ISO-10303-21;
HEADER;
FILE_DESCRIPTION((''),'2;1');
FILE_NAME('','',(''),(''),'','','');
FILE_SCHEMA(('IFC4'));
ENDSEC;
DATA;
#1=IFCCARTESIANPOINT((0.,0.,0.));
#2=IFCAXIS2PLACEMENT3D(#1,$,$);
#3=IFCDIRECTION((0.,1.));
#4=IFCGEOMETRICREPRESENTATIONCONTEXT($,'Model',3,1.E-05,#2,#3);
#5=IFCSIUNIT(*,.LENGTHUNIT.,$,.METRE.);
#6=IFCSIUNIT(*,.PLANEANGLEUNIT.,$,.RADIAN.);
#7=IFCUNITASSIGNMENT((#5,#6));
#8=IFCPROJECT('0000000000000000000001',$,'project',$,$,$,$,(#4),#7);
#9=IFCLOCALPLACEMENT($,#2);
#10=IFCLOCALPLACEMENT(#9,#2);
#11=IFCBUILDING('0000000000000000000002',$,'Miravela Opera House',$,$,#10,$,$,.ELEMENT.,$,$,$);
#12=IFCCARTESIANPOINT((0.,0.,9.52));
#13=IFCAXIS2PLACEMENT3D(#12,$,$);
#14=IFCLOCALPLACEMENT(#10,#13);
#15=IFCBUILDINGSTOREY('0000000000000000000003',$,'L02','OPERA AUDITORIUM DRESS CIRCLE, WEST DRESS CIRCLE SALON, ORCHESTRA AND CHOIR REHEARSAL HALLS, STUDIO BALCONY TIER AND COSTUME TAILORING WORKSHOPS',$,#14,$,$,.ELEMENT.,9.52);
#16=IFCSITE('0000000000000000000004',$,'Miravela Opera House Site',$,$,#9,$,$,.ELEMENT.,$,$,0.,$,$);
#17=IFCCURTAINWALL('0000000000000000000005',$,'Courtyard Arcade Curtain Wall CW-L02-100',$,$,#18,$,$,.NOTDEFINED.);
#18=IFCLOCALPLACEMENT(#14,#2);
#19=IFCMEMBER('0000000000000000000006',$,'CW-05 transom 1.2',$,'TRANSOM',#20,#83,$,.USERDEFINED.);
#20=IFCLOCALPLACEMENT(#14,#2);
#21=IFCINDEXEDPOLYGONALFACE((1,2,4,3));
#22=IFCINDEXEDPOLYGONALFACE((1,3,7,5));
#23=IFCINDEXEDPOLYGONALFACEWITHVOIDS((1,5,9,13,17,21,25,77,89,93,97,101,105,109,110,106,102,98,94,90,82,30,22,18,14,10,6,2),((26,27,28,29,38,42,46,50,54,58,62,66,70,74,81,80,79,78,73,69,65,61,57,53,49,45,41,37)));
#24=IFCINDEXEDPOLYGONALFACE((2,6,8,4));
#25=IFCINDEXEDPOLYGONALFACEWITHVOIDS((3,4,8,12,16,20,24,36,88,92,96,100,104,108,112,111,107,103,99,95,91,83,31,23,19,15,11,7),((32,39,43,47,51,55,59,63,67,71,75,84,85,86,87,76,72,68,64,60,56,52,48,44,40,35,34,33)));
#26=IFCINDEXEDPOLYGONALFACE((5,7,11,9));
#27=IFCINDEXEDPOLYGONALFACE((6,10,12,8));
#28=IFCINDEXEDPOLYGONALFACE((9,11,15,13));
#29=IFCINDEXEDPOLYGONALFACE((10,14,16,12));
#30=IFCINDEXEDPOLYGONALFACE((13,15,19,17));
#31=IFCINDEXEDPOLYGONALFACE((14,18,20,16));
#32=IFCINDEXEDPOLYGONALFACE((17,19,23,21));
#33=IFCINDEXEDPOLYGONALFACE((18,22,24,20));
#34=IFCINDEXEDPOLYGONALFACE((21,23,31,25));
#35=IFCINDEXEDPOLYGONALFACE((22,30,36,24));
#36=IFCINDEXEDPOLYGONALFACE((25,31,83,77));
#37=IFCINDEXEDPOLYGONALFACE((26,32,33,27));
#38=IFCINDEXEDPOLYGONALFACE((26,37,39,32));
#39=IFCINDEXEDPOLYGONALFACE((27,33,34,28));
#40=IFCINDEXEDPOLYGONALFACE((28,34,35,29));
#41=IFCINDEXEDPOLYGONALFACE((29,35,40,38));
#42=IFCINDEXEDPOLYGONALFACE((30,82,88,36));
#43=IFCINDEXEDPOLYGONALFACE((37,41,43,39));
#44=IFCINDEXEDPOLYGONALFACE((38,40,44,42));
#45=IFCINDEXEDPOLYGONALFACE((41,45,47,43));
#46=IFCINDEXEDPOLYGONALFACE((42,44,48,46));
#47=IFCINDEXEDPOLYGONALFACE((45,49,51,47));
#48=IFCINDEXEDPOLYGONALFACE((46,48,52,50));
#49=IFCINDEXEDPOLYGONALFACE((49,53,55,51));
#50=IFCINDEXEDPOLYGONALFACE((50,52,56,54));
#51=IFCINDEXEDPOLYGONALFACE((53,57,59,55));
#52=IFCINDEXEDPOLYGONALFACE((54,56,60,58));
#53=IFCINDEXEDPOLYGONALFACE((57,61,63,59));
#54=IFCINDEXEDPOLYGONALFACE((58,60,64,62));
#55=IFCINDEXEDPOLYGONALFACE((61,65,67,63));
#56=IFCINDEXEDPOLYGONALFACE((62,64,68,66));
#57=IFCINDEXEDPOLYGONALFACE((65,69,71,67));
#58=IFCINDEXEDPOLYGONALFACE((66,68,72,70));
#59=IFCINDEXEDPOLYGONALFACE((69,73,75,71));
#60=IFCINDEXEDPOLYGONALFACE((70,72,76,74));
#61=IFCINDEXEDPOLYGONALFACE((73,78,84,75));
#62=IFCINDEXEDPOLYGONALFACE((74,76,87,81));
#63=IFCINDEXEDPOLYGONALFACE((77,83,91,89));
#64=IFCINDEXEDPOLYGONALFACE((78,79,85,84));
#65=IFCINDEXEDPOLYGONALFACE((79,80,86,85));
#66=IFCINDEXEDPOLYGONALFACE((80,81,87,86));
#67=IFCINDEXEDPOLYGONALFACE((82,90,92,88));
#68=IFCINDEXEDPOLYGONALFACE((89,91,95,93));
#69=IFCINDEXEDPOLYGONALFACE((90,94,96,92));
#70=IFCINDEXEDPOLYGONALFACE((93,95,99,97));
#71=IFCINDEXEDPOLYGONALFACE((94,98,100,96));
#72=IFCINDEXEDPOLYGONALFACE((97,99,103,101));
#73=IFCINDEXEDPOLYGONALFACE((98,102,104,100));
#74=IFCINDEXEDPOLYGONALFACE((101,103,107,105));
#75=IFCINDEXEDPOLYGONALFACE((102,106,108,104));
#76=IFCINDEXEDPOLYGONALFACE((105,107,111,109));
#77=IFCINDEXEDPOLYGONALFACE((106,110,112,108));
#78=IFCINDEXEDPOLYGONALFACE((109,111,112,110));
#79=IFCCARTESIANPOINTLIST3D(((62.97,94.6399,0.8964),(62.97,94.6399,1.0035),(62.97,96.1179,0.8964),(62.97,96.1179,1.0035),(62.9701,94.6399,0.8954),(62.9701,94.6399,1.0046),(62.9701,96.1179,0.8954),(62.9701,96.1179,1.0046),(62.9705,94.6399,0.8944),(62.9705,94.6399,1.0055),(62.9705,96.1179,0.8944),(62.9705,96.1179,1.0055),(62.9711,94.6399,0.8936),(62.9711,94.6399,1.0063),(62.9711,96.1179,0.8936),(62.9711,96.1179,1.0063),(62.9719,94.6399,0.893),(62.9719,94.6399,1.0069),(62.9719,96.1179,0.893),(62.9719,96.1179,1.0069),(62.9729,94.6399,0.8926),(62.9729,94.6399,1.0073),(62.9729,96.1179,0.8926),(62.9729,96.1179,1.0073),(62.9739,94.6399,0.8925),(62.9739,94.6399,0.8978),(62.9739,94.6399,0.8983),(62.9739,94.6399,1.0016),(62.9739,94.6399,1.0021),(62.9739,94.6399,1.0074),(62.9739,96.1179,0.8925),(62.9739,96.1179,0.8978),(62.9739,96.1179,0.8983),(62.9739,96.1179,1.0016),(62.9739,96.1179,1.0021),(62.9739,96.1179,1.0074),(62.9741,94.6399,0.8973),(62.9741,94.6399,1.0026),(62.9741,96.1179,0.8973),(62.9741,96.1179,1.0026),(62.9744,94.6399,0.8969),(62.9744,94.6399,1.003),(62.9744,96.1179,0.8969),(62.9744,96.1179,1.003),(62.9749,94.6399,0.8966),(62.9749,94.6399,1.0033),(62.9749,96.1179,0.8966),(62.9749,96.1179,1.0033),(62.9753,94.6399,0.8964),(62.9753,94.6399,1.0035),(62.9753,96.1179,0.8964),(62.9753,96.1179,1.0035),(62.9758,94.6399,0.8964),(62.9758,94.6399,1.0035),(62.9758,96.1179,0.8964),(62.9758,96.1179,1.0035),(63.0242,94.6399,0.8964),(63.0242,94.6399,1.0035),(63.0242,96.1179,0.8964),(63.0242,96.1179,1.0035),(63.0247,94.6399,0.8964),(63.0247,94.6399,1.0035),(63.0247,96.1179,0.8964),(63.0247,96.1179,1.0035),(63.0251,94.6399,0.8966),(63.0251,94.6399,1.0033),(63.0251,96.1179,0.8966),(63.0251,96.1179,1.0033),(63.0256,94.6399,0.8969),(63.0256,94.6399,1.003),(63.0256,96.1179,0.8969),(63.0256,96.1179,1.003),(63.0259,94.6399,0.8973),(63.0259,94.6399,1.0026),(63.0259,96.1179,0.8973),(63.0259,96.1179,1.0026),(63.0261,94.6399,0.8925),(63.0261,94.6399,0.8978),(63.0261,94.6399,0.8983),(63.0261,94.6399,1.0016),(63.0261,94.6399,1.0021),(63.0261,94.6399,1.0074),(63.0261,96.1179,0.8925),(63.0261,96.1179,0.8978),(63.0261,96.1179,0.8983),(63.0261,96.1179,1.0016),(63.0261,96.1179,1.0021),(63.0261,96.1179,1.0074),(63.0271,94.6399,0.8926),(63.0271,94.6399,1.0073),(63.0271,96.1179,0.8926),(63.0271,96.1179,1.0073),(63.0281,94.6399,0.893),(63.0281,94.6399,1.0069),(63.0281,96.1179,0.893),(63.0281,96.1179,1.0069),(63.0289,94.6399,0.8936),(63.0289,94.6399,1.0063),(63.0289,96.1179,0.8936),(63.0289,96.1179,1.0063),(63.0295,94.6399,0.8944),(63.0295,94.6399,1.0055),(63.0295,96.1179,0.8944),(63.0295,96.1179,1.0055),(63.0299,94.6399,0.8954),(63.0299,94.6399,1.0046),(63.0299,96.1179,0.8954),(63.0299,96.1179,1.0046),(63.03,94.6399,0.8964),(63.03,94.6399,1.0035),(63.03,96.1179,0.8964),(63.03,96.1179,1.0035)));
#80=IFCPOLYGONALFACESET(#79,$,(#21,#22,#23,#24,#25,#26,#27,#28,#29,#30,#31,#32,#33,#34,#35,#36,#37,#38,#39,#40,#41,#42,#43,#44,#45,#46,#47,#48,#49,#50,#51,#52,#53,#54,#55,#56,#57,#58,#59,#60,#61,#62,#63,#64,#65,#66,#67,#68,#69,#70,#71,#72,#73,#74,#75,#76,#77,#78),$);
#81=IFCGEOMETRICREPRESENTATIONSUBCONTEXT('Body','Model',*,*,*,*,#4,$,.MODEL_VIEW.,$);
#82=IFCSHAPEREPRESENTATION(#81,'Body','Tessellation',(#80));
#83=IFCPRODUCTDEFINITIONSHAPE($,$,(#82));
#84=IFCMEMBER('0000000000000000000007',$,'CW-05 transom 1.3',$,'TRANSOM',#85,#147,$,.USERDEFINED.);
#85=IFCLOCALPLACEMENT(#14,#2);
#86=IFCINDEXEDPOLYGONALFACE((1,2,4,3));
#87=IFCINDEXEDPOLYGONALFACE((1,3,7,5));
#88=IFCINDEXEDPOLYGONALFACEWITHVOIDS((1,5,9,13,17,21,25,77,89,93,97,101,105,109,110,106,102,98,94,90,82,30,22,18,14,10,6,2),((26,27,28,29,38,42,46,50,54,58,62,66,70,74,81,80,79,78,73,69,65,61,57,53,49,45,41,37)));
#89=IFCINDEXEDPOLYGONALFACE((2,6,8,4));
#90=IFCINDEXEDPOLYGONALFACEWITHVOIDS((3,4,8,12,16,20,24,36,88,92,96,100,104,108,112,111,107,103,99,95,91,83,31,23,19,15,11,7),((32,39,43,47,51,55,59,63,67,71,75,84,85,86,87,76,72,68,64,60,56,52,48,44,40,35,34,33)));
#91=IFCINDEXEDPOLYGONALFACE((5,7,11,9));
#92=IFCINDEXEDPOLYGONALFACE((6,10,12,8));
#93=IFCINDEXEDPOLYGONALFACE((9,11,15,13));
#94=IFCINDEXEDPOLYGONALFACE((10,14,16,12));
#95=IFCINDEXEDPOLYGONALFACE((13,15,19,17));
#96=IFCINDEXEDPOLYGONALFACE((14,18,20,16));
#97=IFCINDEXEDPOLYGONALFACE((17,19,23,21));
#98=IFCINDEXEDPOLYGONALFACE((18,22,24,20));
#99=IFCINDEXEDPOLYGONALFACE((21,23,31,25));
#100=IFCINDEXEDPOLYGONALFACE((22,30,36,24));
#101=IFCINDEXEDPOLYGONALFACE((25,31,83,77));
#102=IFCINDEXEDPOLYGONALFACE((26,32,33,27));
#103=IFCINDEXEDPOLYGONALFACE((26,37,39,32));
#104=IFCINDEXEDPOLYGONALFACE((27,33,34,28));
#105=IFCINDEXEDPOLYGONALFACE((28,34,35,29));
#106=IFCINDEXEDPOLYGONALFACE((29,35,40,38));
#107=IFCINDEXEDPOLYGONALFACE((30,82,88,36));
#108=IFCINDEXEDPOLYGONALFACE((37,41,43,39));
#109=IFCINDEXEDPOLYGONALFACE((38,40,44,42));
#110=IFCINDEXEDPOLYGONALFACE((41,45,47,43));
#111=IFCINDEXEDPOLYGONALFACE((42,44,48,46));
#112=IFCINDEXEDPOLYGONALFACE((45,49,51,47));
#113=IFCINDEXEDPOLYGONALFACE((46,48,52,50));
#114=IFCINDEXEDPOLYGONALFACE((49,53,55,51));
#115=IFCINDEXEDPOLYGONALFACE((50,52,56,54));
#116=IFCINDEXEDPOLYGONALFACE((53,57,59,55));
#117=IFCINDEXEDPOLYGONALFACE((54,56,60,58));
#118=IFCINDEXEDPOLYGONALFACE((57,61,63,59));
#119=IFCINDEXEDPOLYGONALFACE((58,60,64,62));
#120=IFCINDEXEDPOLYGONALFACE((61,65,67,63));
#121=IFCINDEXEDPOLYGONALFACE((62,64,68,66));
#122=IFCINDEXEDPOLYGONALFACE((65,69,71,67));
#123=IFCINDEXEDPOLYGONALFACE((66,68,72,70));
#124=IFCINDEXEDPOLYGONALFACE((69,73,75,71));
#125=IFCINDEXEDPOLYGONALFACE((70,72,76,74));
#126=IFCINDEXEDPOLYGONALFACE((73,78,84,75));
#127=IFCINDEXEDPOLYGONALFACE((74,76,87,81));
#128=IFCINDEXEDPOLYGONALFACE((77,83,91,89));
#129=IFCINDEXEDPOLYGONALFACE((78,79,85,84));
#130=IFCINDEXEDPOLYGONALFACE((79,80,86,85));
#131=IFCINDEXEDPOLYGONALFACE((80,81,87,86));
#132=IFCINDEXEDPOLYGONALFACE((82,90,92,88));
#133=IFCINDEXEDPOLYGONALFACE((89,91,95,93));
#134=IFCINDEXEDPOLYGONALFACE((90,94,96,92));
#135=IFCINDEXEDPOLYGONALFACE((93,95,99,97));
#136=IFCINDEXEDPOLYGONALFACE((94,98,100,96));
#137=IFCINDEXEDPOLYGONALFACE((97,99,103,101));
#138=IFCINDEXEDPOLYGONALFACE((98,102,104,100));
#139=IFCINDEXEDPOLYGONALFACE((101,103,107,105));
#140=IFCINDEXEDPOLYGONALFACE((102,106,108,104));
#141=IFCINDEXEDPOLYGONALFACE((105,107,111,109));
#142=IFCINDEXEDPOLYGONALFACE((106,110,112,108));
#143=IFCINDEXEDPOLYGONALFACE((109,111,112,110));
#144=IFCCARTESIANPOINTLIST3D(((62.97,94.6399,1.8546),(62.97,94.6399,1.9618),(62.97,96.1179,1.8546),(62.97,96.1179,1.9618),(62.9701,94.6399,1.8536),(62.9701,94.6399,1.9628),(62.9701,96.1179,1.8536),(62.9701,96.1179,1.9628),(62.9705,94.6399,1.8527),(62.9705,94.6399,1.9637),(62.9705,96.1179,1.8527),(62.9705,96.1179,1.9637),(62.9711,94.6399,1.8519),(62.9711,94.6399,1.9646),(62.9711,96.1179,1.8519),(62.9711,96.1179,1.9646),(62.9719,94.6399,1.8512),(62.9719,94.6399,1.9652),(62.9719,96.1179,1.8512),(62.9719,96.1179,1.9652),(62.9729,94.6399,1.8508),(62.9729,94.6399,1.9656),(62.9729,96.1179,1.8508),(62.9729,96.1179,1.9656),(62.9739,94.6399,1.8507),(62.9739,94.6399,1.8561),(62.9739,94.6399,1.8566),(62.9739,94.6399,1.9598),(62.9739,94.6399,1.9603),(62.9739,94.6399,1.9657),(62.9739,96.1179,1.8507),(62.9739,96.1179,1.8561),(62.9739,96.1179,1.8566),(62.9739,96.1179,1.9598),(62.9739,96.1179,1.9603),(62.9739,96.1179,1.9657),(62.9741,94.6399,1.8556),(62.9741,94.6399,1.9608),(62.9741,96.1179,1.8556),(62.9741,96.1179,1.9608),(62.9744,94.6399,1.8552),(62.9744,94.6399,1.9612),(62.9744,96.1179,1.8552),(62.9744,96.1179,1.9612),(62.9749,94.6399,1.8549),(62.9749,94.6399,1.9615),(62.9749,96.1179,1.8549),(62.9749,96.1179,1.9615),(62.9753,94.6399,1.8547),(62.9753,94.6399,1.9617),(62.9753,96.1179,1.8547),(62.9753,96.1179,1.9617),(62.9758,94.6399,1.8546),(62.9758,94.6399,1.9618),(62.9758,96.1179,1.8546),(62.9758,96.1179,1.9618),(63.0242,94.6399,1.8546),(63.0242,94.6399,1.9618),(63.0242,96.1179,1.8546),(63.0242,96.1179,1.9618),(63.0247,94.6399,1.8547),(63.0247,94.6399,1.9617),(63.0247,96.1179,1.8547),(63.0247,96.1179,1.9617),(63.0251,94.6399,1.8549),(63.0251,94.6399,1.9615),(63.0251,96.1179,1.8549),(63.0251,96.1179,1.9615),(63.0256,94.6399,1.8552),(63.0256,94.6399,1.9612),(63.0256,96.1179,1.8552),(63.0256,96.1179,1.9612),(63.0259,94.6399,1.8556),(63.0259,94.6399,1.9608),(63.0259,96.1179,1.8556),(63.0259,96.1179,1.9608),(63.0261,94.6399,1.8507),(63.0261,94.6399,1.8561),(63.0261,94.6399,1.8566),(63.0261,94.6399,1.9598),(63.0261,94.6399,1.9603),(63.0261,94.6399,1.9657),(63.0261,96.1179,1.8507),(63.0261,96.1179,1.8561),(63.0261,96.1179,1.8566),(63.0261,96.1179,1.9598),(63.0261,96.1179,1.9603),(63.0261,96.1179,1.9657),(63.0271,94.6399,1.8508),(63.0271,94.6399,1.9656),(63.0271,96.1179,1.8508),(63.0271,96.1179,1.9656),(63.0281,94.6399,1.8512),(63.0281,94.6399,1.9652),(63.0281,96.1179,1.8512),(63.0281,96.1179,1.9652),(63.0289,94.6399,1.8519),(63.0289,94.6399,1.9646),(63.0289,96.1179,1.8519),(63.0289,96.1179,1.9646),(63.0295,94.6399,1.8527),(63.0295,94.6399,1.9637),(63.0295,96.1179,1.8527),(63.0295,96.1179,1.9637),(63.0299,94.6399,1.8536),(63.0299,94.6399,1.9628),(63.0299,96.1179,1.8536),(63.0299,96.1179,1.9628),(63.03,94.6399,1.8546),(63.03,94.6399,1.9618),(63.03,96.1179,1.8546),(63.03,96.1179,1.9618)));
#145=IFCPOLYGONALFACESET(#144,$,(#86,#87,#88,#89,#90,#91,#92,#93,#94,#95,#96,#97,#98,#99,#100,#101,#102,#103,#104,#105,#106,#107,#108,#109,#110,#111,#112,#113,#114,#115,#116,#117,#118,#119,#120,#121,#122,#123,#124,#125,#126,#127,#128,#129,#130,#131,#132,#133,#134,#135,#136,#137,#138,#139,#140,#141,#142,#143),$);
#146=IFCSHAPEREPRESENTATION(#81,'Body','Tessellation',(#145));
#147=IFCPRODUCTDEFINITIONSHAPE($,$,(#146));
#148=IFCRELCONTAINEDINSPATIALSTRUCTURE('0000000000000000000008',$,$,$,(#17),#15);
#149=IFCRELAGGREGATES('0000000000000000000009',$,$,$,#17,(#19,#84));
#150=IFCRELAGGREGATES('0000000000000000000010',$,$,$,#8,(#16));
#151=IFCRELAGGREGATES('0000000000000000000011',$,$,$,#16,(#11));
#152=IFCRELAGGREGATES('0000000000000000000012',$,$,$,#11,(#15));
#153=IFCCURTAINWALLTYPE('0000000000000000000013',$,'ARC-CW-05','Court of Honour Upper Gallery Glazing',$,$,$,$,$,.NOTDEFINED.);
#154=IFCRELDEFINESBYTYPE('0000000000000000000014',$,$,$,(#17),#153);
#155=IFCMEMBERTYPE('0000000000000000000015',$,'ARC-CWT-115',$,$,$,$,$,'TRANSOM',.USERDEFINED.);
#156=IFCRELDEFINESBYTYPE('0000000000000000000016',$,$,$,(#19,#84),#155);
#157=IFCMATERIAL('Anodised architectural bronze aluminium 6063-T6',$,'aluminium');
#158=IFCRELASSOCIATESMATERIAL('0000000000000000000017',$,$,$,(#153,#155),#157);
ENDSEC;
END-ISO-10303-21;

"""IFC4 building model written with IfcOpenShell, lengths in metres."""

from ifc_helpers import new_model, si_unit, direction, frame, origin, origin_2d, place, context, subcontext, project, spatial, hollow_rectangle, extrude, material, material_profile, profile_set, type_object, element, aggregate, save


model = new_model("IFC4")

# Units and contexts
model_context = context("Model", 3, precision=1e-05, world=origin(), true_north=direction((0.0, 1.0)))
body_context = subcontext(model_context, "Body", "Model", "MODEL_VIEW")
ifc_project = project(units=[si_unit("LENGTHUNIT", "METRE"), si_unit("PLANEANGLEUNIT", "RADIAN")], contexts=[model_context])

# Site, building, storey
site_placement = place(None, origin())
site = spatial("IfcSite", under=ifc_project, at=site_placement, Name="Miravela Opera House Site", CompositionType="ELEMENT", RefElevation=0.0)
building_placement = place(site_placement, origin())
building = spatial("IfcBuilding", under=site, at=building_placement, Name="Miravela Opera House", CompositionType="ELEMENT")
storey_placement = place(building_placement, frame((0.0, 0.0, 9.52)))
storey = spatial("IfcBuildingStorey", under=building, at=storey_placement, Name="L02", Description="OPERA AUDITORIUM DRESS CIRCLE, WEST DRESS CIRCLE SALON, ORCHESTRA AND CHOIR REHEARSAL HALLS, STUDIO BALCONY TIER AND COSTUME TAILORING WORKSHOPS", CompositionType="ELEMENT", Elevation=9.52)

# Curtain wall, members
ifc_material_1 = material(Name="Anodised architectural bronze aluminium 6063-T6", Category="aluminium")
curtain_wall_type = type_object("IfcCurtainWallType", Name="ARC-CW-05", Description="Court of Honour Upper Gallery Glazing", PredefinedType="NOTDEFINED", material=ifc_material_1)
curtain_wall_placement = place(storey_placement, origin())
curtain_wall = element("IfcCurtainWall", 1, at=curtain_wall_placement, inside=storey, type_object=curtain_wall_type, Name="Courtyard Arcade Curtain Wall CW-L02-100", PredefinedType="NOTDEFINED")
ifc_material_profile_1 = material_profile(ifc_material_1, hollow_rectangle(XDim=0.0601, YDim=0.115, WallThickness=0.0039, InnerFilletRadius=0.002, OuterFilletRadius=0.0039, at=origin_2d()), Name="CWT-60X115")
ifc_profile_set_1 = profile_set([ifc_material_profile_1])
member_type_1 = type_object("IfcMemberType", Name="ARC-CWT-115", ElementType="TRANSOM", PredefinedType="USERDEFINED", material=ifc_profile_set_1)
member_1_placement = place(storey_placement, frame((63.0, 94.6399, 0.95), z_axis=(0.0, 1.0, 0.0), x_axis=(-1.0, 0.0, 0.0)))
member_1 = element("IfcMember", 2, at=member_1_placement, type_object=member_type_1, Name="CW-05 transom 1.2", ObjectType="TRANSOM", PredefinedType="USERDEFINED", context=body_context, shape_type="SweptSolid", body=[
    extrude(hollow_rectangle(XDim=0.0601, YDim=0.115, WallThickness=0.0039, InnerFilletRadius=0.002, OuterFilletRadius=0.0039, at=origin_2d()), origin(), (0.0, 0.0, 1.0), 1.478),
])
member_2_placement = place(storey_placement, frame((63.0, 94.6399, 1.9082), z_axis=(0.0, 1.0, 0.0), x_axis=(-1.0, 0.0, 0.0)))
member_2 = element("IfcMember", 3, at=member_2_placement, type_object=member_type_1, Name="CW-05 transom 1.3", ObjectType="TRANSOM", PredefinedType="USERDEFINED", context=body_context, shape_type="SweptSolid", body=[
    extrude(hollow_rectangle(XDim=0.0601, YDim=0.115, WallThickness=0.0039, InnerFilletRadius=0.002, OuterFilletRadius=0.0039, at=origin_2d()), origin(), (0.0, 0.0, 1.0), 1.478),
])

aggregate(curtain_wall, [member_1, member_2])

save(model, "model.ifc")
